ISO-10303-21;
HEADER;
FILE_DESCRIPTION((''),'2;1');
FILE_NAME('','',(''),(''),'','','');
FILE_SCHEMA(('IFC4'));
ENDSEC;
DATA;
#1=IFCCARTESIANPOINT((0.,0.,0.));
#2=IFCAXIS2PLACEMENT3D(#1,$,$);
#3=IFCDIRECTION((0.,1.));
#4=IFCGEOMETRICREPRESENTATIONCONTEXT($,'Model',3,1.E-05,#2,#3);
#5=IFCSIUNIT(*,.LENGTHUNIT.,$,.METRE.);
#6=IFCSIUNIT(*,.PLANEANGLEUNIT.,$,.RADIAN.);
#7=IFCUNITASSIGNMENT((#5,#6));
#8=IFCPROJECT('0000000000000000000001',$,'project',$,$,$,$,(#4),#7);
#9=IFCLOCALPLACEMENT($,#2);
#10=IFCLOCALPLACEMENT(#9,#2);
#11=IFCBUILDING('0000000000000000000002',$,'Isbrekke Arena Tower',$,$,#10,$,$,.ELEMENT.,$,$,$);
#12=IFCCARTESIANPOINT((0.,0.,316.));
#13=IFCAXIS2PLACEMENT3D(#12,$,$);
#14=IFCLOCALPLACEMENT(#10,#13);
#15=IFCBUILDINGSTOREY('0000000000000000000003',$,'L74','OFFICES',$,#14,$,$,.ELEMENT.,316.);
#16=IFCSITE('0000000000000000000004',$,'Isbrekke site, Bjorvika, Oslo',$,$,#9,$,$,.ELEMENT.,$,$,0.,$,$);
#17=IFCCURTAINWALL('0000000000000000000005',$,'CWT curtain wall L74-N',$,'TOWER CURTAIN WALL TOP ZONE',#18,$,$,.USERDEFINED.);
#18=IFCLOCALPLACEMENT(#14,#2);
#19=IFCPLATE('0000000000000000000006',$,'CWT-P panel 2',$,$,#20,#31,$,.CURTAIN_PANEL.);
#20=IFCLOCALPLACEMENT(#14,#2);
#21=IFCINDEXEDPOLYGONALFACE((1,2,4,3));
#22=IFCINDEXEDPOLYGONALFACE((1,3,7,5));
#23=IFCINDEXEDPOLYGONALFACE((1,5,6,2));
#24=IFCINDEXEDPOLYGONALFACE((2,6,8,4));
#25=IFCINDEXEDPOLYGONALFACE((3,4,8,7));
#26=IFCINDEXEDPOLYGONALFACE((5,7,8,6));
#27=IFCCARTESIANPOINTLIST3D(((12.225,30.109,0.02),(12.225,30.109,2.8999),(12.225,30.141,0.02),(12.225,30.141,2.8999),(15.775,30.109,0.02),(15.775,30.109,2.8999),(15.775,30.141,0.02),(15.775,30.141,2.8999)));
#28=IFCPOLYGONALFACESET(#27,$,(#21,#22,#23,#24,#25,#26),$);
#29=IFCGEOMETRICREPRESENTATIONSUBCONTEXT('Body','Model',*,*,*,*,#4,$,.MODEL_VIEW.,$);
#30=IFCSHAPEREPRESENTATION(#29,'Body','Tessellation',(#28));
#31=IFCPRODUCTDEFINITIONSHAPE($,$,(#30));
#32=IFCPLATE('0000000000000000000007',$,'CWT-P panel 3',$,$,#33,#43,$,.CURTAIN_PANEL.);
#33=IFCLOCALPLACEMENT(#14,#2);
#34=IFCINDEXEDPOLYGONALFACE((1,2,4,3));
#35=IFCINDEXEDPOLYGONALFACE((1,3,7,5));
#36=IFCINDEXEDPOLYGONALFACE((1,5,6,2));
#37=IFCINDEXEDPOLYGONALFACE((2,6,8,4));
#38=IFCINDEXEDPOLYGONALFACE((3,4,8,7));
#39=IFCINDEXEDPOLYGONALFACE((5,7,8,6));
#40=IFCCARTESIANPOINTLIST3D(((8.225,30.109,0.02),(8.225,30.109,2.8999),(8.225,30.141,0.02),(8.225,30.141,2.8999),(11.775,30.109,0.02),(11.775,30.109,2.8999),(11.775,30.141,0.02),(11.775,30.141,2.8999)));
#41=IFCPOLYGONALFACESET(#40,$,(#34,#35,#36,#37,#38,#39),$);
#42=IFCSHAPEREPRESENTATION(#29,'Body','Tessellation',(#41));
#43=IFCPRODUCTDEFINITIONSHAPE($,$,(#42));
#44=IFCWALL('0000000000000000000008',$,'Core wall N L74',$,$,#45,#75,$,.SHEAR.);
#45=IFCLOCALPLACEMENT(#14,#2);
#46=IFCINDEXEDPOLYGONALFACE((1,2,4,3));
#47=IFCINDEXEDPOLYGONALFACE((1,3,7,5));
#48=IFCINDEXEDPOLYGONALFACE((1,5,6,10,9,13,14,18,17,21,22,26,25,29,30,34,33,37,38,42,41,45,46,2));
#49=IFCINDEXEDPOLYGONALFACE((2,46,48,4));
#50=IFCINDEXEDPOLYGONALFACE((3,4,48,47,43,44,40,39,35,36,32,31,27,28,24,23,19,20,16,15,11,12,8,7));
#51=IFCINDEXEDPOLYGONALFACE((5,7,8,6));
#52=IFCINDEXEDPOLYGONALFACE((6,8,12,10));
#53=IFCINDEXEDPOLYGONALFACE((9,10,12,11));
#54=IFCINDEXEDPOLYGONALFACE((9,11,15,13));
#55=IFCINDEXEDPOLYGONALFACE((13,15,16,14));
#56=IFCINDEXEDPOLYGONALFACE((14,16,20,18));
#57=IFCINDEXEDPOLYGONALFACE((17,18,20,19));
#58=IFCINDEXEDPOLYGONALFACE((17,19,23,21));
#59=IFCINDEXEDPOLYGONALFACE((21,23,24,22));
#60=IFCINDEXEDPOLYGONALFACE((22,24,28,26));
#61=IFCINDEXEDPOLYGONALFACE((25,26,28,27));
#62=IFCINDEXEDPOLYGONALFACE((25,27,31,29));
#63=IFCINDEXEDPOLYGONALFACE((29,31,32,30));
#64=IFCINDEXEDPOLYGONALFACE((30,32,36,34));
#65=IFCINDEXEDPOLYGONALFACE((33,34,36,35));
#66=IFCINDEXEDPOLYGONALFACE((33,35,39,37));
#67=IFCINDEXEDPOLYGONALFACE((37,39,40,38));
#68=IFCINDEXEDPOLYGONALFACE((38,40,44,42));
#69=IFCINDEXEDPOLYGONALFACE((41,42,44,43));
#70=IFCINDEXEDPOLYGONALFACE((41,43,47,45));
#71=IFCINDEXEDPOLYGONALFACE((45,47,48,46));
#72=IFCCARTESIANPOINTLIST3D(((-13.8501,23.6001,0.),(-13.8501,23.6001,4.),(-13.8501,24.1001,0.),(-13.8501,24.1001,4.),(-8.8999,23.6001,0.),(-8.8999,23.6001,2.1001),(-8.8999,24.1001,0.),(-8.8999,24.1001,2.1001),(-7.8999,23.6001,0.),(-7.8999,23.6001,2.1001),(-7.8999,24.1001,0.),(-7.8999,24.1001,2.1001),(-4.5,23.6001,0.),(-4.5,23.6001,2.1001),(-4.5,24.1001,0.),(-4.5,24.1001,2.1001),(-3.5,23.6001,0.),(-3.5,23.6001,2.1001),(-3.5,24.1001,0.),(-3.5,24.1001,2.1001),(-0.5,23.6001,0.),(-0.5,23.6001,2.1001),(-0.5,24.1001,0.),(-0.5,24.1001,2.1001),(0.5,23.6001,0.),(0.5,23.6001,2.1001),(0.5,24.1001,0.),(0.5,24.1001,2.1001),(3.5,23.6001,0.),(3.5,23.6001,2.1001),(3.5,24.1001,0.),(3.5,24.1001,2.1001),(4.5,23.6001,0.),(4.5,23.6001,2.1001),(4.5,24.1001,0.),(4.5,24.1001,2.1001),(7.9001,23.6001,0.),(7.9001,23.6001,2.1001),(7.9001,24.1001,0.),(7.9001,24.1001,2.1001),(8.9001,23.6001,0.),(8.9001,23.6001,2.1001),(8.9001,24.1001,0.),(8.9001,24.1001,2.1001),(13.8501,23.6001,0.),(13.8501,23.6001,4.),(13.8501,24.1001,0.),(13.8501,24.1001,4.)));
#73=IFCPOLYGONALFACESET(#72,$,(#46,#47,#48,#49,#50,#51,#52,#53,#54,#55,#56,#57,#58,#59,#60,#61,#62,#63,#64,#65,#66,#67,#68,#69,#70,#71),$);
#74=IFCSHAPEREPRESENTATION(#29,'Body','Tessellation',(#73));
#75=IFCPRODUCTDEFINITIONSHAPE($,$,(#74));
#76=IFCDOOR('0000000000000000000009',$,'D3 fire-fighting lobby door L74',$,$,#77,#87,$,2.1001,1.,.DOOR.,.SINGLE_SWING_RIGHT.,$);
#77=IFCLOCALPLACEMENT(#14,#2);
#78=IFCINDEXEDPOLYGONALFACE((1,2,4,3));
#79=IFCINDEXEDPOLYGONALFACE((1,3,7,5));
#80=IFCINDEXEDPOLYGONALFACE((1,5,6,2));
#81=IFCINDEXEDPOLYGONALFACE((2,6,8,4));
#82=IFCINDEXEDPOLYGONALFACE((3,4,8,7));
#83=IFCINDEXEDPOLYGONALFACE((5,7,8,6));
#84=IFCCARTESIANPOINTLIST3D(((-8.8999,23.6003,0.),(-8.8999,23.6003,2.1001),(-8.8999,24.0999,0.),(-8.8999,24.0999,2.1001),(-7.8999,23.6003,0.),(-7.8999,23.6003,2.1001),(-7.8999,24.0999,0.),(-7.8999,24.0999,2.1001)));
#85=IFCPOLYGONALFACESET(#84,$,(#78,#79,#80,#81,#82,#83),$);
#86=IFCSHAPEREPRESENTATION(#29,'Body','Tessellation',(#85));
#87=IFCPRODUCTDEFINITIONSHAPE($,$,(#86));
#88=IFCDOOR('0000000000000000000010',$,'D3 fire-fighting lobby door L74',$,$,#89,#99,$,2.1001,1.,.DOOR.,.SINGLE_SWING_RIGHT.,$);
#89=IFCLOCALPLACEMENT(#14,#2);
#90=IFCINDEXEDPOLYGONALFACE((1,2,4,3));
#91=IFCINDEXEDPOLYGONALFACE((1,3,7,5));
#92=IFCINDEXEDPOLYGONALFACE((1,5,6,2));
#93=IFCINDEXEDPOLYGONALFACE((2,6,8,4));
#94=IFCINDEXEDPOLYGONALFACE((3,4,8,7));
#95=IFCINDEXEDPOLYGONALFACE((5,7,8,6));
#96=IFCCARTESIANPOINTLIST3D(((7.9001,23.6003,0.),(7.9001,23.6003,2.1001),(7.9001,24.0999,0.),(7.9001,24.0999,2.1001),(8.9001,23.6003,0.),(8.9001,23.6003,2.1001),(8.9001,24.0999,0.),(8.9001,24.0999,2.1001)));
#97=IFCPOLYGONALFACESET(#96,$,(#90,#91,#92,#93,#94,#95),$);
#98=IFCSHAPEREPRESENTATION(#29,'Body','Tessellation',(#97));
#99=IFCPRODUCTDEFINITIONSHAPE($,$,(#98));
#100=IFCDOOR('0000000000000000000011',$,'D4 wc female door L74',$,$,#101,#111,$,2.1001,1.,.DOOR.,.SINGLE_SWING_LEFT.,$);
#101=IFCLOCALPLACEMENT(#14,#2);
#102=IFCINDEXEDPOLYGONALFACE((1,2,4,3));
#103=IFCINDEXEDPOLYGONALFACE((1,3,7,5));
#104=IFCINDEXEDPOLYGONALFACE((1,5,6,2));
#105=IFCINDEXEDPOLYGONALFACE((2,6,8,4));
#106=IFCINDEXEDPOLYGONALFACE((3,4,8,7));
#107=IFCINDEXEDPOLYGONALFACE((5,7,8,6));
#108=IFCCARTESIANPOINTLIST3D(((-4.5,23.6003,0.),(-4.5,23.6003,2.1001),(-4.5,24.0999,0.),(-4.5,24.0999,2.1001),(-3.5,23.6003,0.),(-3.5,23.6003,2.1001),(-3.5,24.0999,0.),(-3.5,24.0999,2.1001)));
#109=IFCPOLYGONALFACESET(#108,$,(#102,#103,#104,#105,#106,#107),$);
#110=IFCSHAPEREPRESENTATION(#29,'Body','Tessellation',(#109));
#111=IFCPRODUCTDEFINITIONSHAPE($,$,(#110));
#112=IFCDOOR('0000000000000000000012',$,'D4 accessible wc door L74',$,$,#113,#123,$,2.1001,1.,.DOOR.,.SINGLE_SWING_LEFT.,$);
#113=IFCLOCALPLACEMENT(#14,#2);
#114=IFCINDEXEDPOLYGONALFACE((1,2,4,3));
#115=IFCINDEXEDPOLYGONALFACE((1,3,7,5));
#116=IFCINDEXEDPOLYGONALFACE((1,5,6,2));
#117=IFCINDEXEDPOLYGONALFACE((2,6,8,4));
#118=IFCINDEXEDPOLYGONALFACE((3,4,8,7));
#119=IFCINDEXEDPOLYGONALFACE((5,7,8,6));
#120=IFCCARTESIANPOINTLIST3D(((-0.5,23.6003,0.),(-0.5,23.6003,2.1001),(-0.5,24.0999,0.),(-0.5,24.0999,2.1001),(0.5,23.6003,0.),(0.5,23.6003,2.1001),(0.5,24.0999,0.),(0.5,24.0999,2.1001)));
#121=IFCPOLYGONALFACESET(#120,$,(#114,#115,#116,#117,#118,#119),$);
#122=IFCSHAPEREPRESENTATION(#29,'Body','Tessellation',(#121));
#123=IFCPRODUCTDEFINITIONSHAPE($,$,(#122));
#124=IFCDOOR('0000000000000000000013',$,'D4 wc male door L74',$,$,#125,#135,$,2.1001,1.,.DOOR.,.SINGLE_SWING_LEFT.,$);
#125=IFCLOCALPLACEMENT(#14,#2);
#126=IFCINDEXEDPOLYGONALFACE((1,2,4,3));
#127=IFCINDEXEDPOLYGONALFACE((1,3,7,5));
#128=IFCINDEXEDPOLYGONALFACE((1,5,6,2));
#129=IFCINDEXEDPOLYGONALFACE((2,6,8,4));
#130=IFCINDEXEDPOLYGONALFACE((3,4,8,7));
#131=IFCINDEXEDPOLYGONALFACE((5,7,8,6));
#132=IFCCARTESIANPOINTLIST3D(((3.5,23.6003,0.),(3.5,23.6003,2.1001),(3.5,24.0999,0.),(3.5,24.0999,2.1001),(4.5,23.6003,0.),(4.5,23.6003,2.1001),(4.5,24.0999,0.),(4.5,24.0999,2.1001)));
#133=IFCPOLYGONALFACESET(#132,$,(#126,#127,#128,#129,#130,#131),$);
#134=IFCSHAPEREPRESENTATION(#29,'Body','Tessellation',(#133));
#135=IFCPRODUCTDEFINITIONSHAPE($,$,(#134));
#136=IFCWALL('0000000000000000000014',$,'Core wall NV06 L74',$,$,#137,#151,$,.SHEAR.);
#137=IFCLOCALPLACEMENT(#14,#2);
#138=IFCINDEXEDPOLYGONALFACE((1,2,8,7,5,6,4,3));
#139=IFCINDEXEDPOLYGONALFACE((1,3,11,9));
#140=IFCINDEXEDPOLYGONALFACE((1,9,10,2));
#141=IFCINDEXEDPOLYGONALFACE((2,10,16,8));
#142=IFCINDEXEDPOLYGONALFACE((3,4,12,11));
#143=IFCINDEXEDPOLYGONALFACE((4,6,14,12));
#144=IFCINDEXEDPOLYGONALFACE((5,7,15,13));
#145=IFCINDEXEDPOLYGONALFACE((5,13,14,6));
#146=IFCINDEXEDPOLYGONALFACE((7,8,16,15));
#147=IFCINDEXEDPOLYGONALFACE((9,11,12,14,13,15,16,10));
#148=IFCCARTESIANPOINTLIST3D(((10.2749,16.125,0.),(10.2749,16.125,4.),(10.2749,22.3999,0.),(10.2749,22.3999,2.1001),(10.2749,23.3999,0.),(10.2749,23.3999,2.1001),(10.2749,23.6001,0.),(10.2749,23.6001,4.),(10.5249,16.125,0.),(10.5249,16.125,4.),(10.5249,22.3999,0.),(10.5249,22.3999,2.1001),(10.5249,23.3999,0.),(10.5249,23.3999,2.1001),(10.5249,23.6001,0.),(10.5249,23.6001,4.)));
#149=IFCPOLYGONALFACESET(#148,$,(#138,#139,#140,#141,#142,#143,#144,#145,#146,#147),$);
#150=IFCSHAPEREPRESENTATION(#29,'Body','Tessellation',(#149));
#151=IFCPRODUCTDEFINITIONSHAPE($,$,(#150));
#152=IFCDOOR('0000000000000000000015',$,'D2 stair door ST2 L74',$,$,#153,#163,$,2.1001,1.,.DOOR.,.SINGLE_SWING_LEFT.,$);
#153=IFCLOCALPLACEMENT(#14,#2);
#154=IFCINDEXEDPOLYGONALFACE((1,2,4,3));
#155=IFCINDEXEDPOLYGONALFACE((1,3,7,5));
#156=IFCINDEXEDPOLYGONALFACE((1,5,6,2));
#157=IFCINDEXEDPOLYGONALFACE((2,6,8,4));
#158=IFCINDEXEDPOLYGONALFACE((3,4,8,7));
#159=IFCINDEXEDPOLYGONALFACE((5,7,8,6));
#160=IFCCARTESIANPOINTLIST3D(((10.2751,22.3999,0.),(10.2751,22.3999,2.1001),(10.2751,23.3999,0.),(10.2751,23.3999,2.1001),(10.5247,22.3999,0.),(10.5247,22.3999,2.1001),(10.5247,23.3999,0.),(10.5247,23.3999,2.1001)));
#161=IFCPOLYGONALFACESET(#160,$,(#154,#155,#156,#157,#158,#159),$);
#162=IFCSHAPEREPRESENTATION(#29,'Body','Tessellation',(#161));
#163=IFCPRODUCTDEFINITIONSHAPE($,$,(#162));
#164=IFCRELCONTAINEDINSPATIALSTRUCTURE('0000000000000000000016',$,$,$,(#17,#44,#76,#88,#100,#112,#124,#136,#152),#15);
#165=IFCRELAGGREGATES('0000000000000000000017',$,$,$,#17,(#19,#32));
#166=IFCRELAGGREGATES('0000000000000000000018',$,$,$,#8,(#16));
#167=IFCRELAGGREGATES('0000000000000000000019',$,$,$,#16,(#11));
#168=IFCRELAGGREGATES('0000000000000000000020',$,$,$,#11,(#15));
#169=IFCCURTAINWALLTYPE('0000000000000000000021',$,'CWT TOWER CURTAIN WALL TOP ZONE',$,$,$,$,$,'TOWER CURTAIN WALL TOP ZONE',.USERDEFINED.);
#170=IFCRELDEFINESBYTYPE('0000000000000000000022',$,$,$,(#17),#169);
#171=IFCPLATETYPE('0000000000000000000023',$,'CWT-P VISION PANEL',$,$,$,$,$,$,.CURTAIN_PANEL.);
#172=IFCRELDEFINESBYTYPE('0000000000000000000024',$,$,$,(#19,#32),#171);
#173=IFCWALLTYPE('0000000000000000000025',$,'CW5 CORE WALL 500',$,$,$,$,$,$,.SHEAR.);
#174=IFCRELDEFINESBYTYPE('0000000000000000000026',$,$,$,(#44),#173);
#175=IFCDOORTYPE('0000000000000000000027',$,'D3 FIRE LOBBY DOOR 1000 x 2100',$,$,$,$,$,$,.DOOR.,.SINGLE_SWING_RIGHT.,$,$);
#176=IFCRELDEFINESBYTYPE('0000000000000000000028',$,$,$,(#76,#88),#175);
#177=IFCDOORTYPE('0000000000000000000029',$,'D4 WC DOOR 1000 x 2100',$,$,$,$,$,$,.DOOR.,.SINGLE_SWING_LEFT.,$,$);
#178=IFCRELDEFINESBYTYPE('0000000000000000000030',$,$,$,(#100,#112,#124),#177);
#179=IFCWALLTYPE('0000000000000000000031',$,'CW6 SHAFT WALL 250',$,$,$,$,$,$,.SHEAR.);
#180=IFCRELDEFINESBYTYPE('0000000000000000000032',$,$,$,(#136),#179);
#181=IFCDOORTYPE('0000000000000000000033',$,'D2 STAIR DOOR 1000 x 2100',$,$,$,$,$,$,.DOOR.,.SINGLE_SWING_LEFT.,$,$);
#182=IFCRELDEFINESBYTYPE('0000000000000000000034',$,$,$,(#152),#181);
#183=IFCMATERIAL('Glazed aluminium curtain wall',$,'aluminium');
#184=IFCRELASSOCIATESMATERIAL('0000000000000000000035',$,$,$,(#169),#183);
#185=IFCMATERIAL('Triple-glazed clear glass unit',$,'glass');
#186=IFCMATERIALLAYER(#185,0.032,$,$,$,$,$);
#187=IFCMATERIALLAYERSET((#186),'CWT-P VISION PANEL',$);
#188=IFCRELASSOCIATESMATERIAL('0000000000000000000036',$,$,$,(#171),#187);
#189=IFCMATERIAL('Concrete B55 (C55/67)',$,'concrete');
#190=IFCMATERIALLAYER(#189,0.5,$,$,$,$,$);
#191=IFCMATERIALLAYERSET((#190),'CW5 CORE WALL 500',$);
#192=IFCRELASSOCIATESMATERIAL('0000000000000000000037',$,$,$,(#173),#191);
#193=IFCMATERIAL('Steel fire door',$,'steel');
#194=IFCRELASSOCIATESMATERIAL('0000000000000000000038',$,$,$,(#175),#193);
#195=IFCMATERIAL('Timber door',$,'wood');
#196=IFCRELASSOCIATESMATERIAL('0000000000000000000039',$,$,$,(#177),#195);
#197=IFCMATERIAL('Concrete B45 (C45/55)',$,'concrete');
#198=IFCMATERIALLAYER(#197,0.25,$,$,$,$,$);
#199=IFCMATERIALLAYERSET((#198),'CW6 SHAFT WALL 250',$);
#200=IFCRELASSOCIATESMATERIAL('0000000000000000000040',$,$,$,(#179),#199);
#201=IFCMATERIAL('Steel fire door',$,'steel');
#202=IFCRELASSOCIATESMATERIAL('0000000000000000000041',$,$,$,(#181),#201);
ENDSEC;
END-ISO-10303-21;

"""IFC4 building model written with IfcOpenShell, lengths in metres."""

from ifc_helpers import new_model, si_unit, direction, frame, frame_2d, origin, origin_2d, place, context, subcontext, project, spatial, rectangle, extrude, material, layer, layer_set, type_object, element, fill, aggregate, save


model = new_model("IFC4")

# Units and contexts
model_context = context("Model", 3, precision=1e-05, world=origin(), true_north=direction((0.0, 1.0)))
body_context = subcontext(model_context, "Body", "Model", "MODEL_VIEW")
ifc_project = project(units=[si_unit("LENGTHUNIT", "METRE"), si_unit("PLANEANGLEUNIT", "RADIAN")], contexts=[model_context])

# Site, building, storey
site_placement = place(None, origin())
site = spatial("IfcSite", under=ifc_project, at=site_placement, Name="Isbrekke site, Bjorvika, Oslo", CompositionType="ELEMENT", RefElevation=0.0)
building_placement = place(site_placement, origin())
building = spatial("IfcBuilding", under=site, at=building_placement, Name="Isbrekke Arena Tower", CompositionType="ELEMENT")
storey_placement = place(building_placement, frame((0.0, 0.0, 316.0)))
storey = spatial("IfcBuildingStorey", under=building, at=storey_placement, Name="L74", Description="OFFICES", CompositionType="ELEMENT", Elevation=316.0)

# Curtain wall
ifc_material_1 = material(Name="Glazed aluminium curtain wall", Category="aluminium")
curtain_wall_type = type_object("IfcCurtainWallType", Name="CWT TOWER CURTAIN WALL TOP ZONE", ElementType="TOWER CURTAIN WALL TOP ZONE", PredefinedType="USERDEFINED", material=ifc_material_1)
curtain_wall_placement = place(storey_placement, origin())
curtain_wall = element("IfcCurtainWall", 1, at=curtain_wall_placement, inside=storey, type_object=curtain_wall_type, Name="CWT curtain wall L74-N", ObjectType="TOWER CURTAIN WALL TOP ZONE", PredefinedType="USERDEFINED")

# Plates
ifc_material_2 = material(Name="Triple-glazed clear glass unit", Category="glass")
ifc_layer_1 = layer(ifc_material_2, 0.032)
ifc_layer_set_1 = layer_set([ifc_layer_1], Name="CWT-P VISION PANEL")
plate_type = type_object("IfcPlateType", Name="CWT-P VISION PANEL", PredefinedType="CURTAIN_PANEL", material=ifc_layer_set_1)
plate_1_placement = place(storey_placement, frame((14.0, 30.125, 0.02), z_axis=(0.0, 0.0, 1.0), x_axis=(-1.0, 0.0, 0.0)))
plate_1 = element("IfcPlate", 2, at=plate_1_placement, type_object=plate_type, Name="CWT-P panel 2", PredefinedType="CURTAIN_PANEL", context=body_context, shape_type="SweptSolid", body=[
    extrude(rectangle(XDim=3.55, YDim=0.032, at=origin_2d()), origin(), (0.0, 0.0, 1.0), 2.8799),
])
plate_2_placement = place(storey_placement, frame((10.0, 30.125, 0.02), z_axis=(0.0, 0.0, 1.0), x_axis=(-1.0, 0.0, 0.0)))
plate_2 = element("IfcPlate", 3, at=plate_2_placement, type_object=plate_type, Name="CWT-P panel 3", PredefinedType="CURTAIN_PANEL", context=body_context, shape_type="SweptSolid", body=[
    extrude(rectangle(XDim=3.55, YDim=0.032, at=origin_2d()), origin(), (0.0, 0.0, 1.0), 2.8799),
])
aggregate(curtain_wall, [plate_1, plate_2])

# Wall, openings, doors
ifc_material_3 = material(Name="Concrete B55 (C55/67)", Category="concrete")
ifc_layer_2 = layer(ifc_material_3, 0.5)
ifc_layer_set_2 = layer_set([ifc_layer_2], Name="CW5 CORE WALL 500")
wall_type_1 = type_object("IfcWallType", Name="CW5 CORE WALL 500", PredefinedType="SHEAR", material=ifc_layer_set_2)
wall_1_placement = place(storey_placement, frame((13.8501, 23.8501, 0.0), z_axis=(0.0, 0.0, 1.0), x_axis=(-1.0, 0.0, 0.0)))
wall_1 = element("IfcWall", 4, at=wall_1_placement, inside=storey, type_object=wall_type_1, Name="Core wall N L74", PredefinedType="SHEAR", context=body_context, shape_type="SweptSolid", body=[
    extrude(rectangle(XDim=27.7002, YDim=0.5, at=frame_2d((13.8501, 0.0))), origin(), (0.0, 0.0, 1.0), 4.0),
])
opening_1_placement = place(wall_1_placement, frame((21.75, 0.0, 0.0)))
opening_1 = element("IfcOpeningElement", 5, at=opening_1_placement, cuts=wall_1, PredefinedType="OPENING", context=body_context, shape_type="SweptSolid", body=[
    extrude(rectangle(XDim=1.0, YDim=2.1001, at=frame_2d((0.5, 1.05))), frame((0.0, 0.2649, 0.0), z_axis=(0.0, -1.0, 0.0), x_axis=(1.0, 0.0, 0.0)), (0.0, 0.0, 1.0), 0.5298),
])
opening_2_placement = place(wall_1_placement, frame((4.95, 0.0, 0.0)))
opening_2 = element("IfcOpeningElement", 6, at=opening_2_placement, cuts=wall_1, PredefinedType="OPENING", context=body_context, shape_type="SweptSolid", body=[
    extrude(rectangle(XDim=1.0, YDim=2.1001, at=frame_2d((0.5, 1.05))), frame((0.0, 0.2649, 0.0), z_axis=(0.0, -1.0, 0.0), x_axis=(1.0, 0.0, 0.0)), (0.0, 0.0, 1.0), 0.5298),
])
opening_3_placement = place(wall_1_placement, frame((17.3501, 0.0, 0.0)))
opening_3 = element("IfcOpeningElement", 7, at=opening_3_placement, cuts=wall_1, PredefinedType="OPENING", context=body_context, shape_type="SweptSolid", body=[
    extrude(rectangle(XDim=1.0, YDim=2.1001, at=frame_2d((0.5, 1.05))), frame((0.0, 0.2649, 0.0), z_axis=(0.0, -1.0, 0.0), x_axis=(1.0, 0.0, 0.0)), (0.0, 0.0, 1.0), 0.5298),
])
opening_4_placement = place(wall_1_placement, frame((13.3501, 0.0, 0.0)))
opening_4 = element("IfcOpeningElement", 8, at=opening_4_placement, cuts=wall_1, PredefinedType="OPENING", context=body_context, shape_type="SweptSolid", body=[
    extrude(rectangle(XDim=1.0, YDim=2.1001, at=frame_2d((0.5, 1.05))), frame((0.0, 0.2649, 0.0), z_axis=(0.0, -1.0, 0.0), x_axis=(1.0, 0.0, 0.0)), (0.0, 0.0, 1.0), 0.5298),
])
opening_5_placement = place(wall_1_placement, frame((9.3501, 0.0, 0.0)))
opening_5 = element("IfcOpeningElement", 9, at=opening_5_placement, cuts=wall_1, PredefinedType="OPENING", context=body_context, shape_type="SweptSolid", body=[
    extrude(rectangle(XDim=1.0, YDim=2.1001, at=frame_2d((0.5, 1.05))), frame((0.0, 0.2649, 0.0), z_axis=(0.0, -1.0, 0.0), x_axis=(1.0, 0.0, 0.0)), (0.0, 0.0, 1.0), 0.5298),
])
ifc_material_4 = material(Name="Steel fire door", Category="steel")
door_type_1 = type_object("IfcDoorType", Name="D3 FIRE LOBBY DOOR 1000 x 2100", OperationType="SINGLE_SWING_RIGHT", PredefinedType="DOOR", material=ifc_material_4)
door_1_placement = place(opening_1_placement, origin())
door_1 = element("IfcDoor", 10, at=door_1_placement, inside=storey, type_object=door_type_1, Name="D3 fire-fighting lobby door L74", OperationType="SINGLE_SWING_RIGHT", OverallHeight=2.1001, OverallWidth=1.0, PredefinedType="DOOR", context=body_context, shape_type="SweptSolid", body=[
    extrude(rectangle(XDim=1.0, YDim=2.1001, at=frame_2d((0.5, 1.05))), frame((0.0, 0.2498, 0.0), z_axis=(0.0, -1.0, 0.0), x_axis=(1.0, 0.0, 0.0)), (0.0, 0.0, 1.0), 0.4995),
])
fill(opening_1, door_1)
door_2_placement = place(opening_2_placement, origin())
door_2 = element("IfcDoor", 11, at=door_2_placement, inside=storey, type_object=door_type_1, Name="D3 fire-fighting lobby door L74", OperationType="SINGLE_SWING_RIGHT", OverallHeight=2.1001, OverallWidth=1.0, PredefinedType="DOOR", context=body_context, shape_type="SweptSolid", body=[
    extrude(rectangle(XDim=1.0, YDim=2.1001, at=frame_2d((0.5, 1.05))), frame((0.0, 0.2498, 0.0), z_axis=(0.0, -1.0, 0.0), x_axis=(1.0, 0.0, 0.0)), (0.0, 0.0, 1.0), 0.4995),
])
fill(opening_2, door_2)
ifc_material_5 = material(Name="Timber door", Category="wood")
door_type_2 = type_object("IfcDoorType", Name="D4 WC DOOR 1000 x 2100", OperationType="SINGLE_SWING_LEFT", PredefinedType="DOOR", material=ifc_material_5)
door_3_placement = place(opening_3_placement, origin())
door_3 = element("IfcDoor", 12, at=door_3_placement, inside=storey, type_object=door_type_2, Name="D4 wc female door L74", OperationType="SINGLE_SWING_LEFT", OverallHeight=2.1001, OverallWidth=1.0, PredefinedType="DOOR", context=body_context, shape_type="SweptSolid", body=[
    extrude(rectangle(XDim=1.0, YDim=2.1001, at=frame_2d((0.5, 1.05))), frame((0.0, 0.2498, 0.0), z_axis=(0.0, -1.0, 0.0), x_axis=(1.0, 0.0, 0.0)), (0.0, 0.0, 1.0), 0.4995),
])
fill(opening_3, door_3)
door_4_placement = place(opening_4_placement, origin())
door_4 = element("IfcDoor", 13, at=door_4_placement, inside=storey, type_object=door_type_2, Name="D4 accessible wc door L74", OperationType="SINGLE_SWING_LEFT", OverallHeight=2.1001, OverallWidth=1.0, PredefinedType="DOOR", context=body_context, shape_type="SweptSolid", body=[
    extrude(rectangle(XDim=1.0, YDim=2.1001, at=frame_2d((0.5, 1.05))), frame((0.0, 0.2498, 0.0), z_axis=(0.0, -1.0, 0.0), x_axis=(1.0, 0.0, 0.0)), (0.0, 0.0, 1.0), 0.4995),
])
fill(opening_4, door_4)
door_5_placement = place(opening_5_placement, origin())
door_5 = element("IfcDoor", 14, at=door_5_placement, inside=storey, type_object=door_type_2, Name="D4 wc male door L74", OperationType="SINGLE_SWING_LEFT", OverallHeight=2.1001, OverallWidth=1.0, PredefinedType="DOOR", context=body_context, shape_type="SweptSolid", body=[
    extrude(rectangle(XDim=1.0, YDim=2.1001, at=frame_2d((0.5, 1.05))), frame((0.0, 0.2498, 0.0), z_axis=(0.0, -1.0, 0.0), x_axis=(1.0, 0.0, 0.0)), (0.0, 0.0, 1.0), 0.4995),
])
fill(opening_5, door_5)

# Wall, opening, door
ifc_material_6 = material(Name="Concrete B45 (C45/55)", Category="concrete")
ifc_layer_3 = layer(ifc_material_6, 0.25)
ifc_layer_set_3 = layer_set([ifc_layer_3], Name="CW6 SHAFT WALL 250")
wall_type_2 = type_object("IfcWallType", Name="CW6 SHAFT WALL 250", PredefinedType="SHEAR", material=ifc_layer_set_3)
wall_2_placement = place(storey_placement, frame((10.3999, 16.125, 0.0), z_axis=(0.0, 0.0, 1.0), x_axis=(0.0, 1.0, 0.0)))
wall_2 = element("IfcWall", 15, at=wall_2_placement, inside=storey, type_object=wall_type_2, Name="Core wall NV06 L74", PredefinedType="SHEAR", context=body_context, shape_type="SweptSolid", body=[
    extrude(rectangle(XDim=7.4751, YDim=0.25, at=frame_2d((3.7375, 0.0))), origin(), (0.0, 0.0, 1.0), 4.0),
])
opening_6_placement = place(wall_2_placement, frame((6.2749, 0.0, 0.0)))
opening_6 = element("IfcOpeningElement", 16, at=opening_6_placement, cuts=wall_2, PredefinedType="OPENING", context=body_context, shape_type="SweptSolid", body=[
    extrude(rectangle(XDim=1.0, YDim=2.1001, at=frame_2d((0.5, 1.05))), frame((0.0, 0.1399, 0.0), z_axis=(0.0, -1.0, 0.0), x_axis=(1.0, 0.0, 0.0)), (0.0, 0.0, 1.0), 0.2798),
])
ifc_material_7 = material(Name="Steel fire door", Category="steel")
door_type_3 = type_object("IfcDoorType", Name="D2 STAIR DOOR 1000 x 2100", OperationType="SINGLE_SWING_LEFT", PredefinedType="DOOR", material=ifc_material_7)
door_6_placement = place(opening_6_placement, origin())
door_6 = element("IfcDoor", 17, at=door_6_placement, inside=storey, type_object=door_type_3, Name="D2 stair door ST2 L74", OperationType="SINGLE_SWING_LEFT", OverallHeight=2.1001, OverallWidth=1.0, PredefinedType="DOOR", context=body_context, shape_type="SweptSolid", body=[
    extrude(rectangle(XDim=1.0, YDim=2.1001, at=frame_2d((0.5, 1.05))), frame((0.0, 0.1248, 0.0), z_axis=(0.0, -1.0, 0.0), x_axis=(1.0, 0.0, 0.0)), (0.0, 0.0, 1.0), 0.2495),
])
fill(opening_6, door_6)

save(model, "model.ifc")
